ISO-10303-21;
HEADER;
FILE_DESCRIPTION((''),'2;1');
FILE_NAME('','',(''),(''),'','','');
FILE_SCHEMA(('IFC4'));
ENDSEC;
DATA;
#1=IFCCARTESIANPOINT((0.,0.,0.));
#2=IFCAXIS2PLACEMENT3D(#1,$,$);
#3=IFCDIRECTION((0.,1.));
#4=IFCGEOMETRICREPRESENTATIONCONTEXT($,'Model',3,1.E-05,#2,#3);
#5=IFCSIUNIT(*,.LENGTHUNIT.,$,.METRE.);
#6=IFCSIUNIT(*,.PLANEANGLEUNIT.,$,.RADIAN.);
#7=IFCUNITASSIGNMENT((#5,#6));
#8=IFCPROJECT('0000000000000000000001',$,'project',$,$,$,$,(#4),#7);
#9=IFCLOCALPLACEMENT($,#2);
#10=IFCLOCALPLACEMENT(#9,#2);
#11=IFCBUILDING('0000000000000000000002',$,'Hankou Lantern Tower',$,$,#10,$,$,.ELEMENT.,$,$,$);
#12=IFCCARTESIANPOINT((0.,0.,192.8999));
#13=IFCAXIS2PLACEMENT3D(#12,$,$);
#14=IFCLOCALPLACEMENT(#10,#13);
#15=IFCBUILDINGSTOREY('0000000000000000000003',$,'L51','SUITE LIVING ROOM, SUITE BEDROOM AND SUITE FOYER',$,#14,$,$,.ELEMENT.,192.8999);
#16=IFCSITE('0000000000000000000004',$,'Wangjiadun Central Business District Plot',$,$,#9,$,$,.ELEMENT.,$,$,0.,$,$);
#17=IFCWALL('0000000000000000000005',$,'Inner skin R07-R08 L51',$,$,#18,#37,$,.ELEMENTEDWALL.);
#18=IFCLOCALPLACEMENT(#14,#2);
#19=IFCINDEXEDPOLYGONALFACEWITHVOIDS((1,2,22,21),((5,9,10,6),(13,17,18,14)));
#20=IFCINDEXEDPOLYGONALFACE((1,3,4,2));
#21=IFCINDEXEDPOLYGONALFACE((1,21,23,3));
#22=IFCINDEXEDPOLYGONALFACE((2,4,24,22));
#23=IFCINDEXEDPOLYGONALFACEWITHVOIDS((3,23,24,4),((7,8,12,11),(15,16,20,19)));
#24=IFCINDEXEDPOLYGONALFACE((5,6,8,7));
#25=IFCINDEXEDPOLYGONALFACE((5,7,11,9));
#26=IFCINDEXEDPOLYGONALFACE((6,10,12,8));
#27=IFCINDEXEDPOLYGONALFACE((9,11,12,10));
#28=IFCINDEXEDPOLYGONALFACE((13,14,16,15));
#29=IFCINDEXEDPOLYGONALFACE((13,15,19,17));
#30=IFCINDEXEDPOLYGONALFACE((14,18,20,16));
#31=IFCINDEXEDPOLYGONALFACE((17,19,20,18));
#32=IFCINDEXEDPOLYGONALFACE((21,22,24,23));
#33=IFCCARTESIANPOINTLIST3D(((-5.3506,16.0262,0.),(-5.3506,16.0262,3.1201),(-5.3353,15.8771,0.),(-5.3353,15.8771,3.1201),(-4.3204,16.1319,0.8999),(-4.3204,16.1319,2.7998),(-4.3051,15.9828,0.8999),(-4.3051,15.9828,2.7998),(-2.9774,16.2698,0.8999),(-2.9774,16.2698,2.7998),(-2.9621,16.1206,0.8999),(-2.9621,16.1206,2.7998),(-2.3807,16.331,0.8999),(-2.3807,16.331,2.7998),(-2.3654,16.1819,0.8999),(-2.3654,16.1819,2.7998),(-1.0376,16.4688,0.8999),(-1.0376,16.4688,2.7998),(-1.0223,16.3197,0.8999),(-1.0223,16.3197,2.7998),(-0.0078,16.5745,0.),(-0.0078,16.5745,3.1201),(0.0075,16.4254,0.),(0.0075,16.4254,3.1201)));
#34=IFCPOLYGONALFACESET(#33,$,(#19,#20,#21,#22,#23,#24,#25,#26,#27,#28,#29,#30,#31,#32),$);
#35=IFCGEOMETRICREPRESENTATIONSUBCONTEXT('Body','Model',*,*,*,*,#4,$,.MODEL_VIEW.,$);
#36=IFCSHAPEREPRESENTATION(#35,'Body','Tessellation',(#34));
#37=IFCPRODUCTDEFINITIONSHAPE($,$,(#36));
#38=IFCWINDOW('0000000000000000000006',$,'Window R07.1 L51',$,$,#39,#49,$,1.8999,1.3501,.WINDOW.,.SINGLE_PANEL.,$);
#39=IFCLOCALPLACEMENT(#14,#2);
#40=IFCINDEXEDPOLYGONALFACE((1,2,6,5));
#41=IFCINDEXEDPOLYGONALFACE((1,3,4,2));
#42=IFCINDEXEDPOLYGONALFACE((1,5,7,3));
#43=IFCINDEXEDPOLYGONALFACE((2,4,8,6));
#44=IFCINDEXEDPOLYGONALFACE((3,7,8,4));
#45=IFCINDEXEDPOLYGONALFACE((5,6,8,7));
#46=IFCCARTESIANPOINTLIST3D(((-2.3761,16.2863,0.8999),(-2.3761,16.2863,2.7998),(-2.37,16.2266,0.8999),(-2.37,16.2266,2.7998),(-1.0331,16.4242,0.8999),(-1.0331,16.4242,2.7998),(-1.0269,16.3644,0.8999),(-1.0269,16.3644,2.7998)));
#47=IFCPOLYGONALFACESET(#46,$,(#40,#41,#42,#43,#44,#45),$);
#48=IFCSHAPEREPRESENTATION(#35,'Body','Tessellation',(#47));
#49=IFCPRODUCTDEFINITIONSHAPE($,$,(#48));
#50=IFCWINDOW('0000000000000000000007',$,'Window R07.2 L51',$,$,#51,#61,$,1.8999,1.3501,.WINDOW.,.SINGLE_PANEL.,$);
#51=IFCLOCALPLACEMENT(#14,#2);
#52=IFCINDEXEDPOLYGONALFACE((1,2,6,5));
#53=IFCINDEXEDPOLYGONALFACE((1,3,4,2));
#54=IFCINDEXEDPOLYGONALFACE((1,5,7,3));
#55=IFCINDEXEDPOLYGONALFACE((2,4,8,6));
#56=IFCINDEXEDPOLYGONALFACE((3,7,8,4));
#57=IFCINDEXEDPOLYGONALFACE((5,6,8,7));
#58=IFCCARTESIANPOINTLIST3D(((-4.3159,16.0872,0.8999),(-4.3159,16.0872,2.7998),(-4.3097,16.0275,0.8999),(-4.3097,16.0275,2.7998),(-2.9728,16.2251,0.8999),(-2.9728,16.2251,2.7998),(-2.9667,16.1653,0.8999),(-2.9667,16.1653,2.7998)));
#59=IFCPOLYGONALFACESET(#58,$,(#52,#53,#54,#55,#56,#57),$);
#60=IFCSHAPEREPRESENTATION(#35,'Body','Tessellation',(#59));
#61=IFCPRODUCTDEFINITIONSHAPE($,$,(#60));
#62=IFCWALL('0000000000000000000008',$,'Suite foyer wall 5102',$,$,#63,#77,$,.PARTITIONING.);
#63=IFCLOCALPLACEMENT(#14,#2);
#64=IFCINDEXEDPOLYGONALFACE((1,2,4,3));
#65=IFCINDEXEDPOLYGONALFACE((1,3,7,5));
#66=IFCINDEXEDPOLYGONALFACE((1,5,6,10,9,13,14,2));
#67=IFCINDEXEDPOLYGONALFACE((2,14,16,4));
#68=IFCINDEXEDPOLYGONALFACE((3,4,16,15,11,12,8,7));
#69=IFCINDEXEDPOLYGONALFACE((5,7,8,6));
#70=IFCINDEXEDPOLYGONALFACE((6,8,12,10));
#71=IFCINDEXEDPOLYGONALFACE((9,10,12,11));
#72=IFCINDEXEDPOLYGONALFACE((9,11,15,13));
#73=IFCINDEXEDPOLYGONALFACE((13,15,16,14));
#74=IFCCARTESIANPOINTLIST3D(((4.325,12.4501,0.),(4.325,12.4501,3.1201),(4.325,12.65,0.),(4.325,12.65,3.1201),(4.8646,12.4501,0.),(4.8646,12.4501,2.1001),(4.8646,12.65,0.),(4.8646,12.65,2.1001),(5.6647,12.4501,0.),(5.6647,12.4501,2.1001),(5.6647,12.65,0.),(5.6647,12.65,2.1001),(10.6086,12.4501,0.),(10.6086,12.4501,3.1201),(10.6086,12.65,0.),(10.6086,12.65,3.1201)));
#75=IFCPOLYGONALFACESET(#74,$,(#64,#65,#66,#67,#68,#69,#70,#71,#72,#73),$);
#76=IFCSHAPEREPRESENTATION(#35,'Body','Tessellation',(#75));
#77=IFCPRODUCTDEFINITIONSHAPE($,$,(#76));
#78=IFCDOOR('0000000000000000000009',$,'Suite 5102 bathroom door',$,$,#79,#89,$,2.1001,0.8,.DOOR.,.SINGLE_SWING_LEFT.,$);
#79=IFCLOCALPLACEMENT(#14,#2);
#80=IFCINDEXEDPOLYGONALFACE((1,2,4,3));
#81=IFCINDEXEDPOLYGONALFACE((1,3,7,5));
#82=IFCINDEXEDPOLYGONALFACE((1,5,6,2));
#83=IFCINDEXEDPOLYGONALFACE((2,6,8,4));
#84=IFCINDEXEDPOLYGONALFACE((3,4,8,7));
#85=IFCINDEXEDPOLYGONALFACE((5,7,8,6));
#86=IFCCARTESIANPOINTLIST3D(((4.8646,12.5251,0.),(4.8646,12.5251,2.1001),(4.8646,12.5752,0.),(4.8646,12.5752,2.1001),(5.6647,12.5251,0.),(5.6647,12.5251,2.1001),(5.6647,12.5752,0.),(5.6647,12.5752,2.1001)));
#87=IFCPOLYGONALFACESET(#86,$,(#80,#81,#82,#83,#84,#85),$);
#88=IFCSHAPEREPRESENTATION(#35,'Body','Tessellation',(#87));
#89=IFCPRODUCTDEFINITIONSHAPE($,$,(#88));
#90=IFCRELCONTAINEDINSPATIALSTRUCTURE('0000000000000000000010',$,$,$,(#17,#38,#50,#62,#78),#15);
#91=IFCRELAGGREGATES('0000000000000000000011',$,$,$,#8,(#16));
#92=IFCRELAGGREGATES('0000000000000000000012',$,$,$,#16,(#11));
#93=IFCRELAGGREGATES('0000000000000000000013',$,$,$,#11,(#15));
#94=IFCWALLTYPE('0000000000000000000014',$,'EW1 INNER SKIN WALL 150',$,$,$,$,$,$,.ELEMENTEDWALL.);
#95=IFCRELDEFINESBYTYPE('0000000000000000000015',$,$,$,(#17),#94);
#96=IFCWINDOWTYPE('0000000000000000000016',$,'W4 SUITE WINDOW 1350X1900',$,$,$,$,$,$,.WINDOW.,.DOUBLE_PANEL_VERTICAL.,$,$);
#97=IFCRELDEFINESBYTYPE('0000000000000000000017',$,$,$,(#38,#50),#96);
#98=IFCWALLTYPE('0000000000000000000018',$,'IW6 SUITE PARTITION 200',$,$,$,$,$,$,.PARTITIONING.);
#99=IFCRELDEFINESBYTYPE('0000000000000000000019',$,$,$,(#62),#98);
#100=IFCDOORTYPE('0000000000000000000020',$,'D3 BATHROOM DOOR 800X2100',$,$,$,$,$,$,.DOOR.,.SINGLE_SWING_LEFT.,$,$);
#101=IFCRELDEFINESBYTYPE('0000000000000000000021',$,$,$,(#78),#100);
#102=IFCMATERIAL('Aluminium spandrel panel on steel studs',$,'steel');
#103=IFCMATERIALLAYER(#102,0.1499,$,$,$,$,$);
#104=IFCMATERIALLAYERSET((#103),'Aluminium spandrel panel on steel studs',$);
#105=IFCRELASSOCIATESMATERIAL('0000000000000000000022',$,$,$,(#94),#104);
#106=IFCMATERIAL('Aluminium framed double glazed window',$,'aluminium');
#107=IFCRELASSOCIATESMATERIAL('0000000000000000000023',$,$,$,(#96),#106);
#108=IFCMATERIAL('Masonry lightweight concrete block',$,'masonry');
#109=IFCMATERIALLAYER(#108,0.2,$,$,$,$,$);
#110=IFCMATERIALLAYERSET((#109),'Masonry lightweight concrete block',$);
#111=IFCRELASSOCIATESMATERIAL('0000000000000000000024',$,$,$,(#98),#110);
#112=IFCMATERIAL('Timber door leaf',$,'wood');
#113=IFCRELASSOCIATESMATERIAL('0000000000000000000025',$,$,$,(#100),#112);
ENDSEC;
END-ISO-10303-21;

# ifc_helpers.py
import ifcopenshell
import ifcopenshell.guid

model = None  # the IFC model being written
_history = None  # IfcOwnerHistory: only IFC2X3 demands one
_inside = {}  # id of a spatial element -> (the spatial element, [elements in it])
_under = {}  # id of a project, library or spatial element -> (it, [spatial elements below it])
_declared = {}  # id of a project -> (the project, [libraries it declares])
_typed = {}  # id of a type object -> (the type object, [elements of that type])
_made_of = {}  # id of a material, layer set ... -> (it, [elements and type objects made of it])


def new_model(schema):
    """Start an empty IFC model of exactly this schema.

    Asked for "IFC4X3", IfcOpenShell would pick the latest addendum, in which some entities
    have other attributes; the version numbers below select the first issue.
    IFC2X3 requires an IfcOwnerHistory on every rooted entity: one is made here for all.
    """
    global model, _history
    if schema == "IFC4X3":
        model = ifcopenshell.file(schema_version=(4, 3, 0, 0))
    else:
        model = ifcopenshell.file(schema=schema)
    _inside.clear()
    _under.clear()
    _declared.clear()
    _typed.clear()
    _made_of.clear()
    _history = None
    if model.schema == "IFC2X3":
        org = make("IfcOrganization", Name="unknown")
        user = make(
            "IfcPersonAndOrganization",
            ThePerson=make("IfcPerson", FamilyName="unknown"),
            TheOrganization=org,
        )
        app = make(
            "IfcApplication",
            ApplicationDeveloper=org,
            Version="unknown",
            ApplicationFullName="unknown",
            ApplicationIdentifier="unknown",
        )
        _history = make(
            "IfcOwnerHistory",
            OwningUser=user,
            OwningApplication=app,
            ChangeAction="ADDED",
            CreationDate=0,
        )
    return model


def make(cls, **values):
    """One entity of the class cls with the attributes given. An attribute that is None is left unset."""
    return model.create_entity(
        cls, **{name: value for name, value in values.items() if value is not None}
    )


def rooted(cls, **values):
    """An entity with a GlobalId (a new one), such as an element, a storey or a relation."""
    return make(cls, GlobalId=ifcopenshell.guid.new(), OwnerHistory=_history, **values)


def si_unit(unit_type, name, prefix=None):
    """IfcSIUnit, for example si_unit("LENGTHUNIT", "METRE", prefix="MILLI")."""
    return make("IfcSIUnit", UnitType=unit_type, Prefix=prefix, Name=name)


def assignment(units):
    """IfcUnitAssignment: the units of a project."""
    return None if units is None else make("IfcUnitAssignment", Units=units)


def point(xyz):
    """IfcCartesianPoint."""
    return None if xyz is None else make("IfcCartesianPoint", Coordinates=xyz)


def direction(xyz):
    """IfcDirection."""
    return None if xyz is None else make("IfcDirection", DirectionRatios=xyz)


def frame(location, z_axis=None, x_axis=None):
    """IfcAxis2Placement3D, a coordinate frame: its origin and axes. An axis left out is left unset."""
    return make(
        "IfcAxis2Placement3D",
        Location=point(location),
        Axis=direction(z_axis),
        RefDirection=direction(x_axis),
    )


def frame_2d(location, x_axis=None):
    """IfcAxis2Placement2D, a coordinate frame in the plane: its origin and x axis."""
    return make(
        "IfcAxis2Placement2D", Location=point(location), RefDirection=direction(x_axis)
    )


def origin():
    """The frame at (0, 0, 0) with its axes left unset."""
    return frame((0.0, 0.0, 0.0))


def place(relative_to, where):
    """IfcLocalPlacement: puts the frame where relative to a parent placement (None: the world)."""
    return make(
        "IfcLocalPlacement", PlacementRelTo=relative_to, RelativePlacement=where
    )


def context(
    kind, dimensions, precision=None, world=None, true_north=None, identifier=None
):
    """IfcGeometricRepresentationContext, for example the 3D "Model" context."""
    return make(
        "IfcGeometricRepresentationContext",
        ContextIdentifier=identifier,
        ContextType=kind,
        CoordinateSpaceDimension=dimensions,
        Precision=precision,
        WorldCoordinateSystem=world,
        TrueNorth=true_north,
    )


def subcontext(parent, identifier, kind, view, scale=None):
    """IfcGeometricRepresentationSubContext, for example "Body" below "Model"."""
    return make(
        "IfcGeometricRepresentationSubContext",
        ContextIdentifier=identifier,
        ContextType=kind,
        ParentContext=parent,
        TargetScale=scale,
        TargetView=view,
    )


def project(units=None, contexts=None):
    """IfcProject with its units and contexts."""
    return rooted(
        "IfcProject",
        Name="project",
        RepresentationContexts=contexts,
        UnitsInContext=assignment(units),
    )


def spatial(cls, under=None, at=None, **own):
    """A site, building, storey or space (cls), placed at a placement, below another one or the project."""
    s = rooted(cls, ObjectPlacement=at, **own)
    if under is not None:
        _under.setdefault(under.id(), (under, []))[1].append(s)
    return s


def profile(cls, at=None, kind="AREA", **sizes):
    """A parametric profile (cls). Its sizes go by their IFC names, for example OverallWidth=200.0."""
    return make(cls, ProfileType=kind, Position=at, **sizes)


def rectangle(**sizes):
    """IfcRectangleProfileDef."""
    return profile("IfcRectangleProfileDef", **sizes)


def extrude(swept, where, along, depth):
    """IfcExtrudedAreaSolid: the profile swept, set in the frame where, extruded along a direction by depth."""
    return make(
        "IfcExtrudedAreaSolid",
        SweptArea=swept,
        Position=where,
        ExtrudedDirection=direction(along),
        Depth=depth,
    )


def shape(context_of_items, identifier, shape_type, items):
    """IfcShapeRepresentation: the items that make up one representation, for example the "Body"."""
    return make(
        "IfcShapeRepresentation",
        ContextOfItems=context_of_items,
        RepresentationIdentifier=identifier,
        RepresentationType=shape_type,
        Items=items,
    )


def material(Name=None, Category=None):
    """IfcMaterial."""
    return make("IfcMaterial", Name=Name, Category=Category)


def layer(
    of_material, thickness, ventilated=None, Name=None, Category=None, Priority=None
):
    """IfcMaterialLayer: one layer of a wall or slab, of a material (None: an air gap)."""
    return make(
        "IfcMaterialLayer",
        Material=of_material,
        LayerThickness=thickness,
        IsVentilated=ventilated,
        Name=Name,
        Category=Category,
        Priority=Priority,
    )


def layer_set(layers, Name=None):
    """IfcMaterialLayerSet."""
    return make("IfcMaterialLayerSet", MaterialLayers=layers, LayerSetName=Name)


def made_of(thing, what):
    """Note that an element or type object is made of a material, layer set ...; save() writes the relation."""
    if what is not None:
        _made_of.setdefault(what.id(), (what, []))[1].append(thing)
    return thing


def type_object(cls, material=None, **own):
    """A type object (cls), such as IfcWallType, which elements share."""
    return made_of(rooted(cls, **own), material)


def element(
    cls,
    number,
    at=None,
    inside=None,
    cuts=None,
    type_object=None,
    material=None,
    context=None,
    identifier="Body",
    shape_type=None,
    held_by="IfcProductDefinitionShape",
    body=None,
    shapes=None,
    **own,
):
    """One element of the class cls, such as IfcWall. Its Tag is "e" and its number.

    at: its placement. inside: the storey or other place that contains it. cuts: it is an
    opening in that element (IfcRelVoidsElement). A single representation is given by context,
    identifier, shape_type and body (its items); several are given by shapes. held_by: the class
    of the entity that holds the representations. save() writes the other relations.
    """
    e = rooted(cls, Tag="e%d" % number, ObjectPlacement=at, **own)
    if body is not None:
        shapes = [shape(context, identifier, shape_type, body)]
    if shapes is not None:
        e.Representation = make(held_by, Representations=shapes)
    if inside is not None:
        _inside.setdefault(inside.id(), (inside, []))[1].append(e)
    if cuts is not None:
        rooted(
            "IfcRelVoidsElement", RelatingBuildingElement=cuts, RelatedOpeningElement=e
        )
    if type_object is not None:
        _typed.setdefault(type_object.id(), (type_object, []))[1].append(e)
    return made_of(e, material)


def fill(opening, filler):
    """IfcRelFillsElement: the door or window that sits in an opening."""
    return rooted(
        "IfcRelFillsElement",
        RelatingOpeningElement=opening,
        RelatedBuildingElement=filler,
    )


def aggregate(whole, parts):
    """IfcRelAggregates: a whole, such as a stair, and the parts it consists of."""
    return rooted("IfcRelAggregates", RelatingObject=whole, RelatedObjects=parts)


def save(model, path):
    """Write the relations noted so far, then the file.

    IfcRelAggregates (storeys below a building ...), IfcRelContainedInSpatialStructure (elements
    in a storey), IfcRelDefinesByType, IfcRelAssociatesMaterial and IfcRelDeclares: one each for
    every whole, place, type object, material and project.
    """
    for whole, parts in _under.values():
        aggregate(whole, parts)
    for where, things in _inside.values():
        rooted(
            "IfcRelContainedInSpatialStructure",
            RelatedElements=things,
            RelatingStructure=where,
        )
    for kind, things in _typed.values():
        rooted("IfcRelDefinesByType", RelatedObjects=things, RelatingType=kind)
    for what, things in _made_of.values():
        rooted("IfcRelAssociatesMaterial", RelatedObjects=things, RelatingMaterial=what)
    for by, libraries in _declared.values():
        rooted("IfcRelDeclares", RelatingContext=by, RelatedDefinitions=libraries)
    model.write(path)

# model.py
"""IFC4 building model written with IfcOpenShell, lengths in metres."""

from ifc_helpers import new_model, si_unit, direction, frame, frame_2d, origin, place, context, subcontext, project, spatial, rectangle, extrude, material, layer, layer_set, type_object, element, fill, save


model = new_model("IFC4")

# Units and contexts
model_context = context("Model", 3, precision=1e-05, world=origin(), true_north=direction((0.0, 1.0)))
body_context = subcontext(model_context, "Body", "Model", "MODEL_VIEW")
ifc_project = project(units=[si_unit("LENGTHUNIT", "METRE"), si_unit("PLANEANGLEUNIT", "RADIAN")], contexts=[model_context])

# Site, building, storey
site_placement = place(None, origin())
site = spatial("IfcSite", under=ifc_project, at=site_placement, Name="Wangjiadun Central Business District Plot", CompositionType="ELEMENT", RefElevation=0.0)
building_placement = place(site_placement, origin())
building = spatial("IfcBuilding", under=site, at=building_placement, Name="Hankou Lantern Tower", CompositionType="ELEMENT")
storey_placement = place(building_placement, frame((0.0, 0.0, 192.8999)))
storey = spatial("IfcBuildingStorey", under=building, at=storey_placement, Name="L51", Description="SUITE LIVING ROOM, SUITE BEDROOM AND SUITE FOYER", CompositionType="ELEMENT", Elevation=192.8999)

# Wall, openings, windows
ifc_material_1 = material(Name="Aluminium spandrel panel on steel studs", Category="steel")
ifc_layer_1 = layer(ifc_material_1, 0.1499)
ifc_layer_set_1 = layer_set([ifc_layer_1], Name="Aluminium spandrel panel on steel studs")
wall_type_1 = type_object("IfcWallType", Name="EW1 INNER SKIN WALL 150", PredefinedType="ELEMENTEDWALL", material=ifc_layer_set_1)
ifc_material_2 = material(Name="Aluminium framed double glazed window", Category="aluminium")
window_type = type_object("IfcWindowType", Name="W4 SUITE WINDOW 1350X1900", PartitioningType="DOUBLE_PANEL_VERTICAL", PredefinedType="WINDOW", material=ifc_material_2)
wall_1_placement = place(storey_placement, frame((0.0, 16.5, 0.0), z_axis=(0.0, 0.0, 1.0), x_axis=(-0.994775, -0.102096, 0.0)))
wall_1 = element("IfcWall", 1, at=wall_1_placement, inside=storey, type_object=wall_type_1, Name="Inner skin R07-R08 L51", PredefinedType="ELEMENTEDWALL", context=body_context, shape_type="SweptSolid", body=[
    extrude(rectangle(XDim=5.3708, YDim=0.1499, at=frame_2d((2.6855, 0.0))), origin(), (0.0, 0.0, 1.0), 3.1201),
])
opening_1_placement = place(wall_1_placement, frame((1.0354, 0.0, 0.8999)))
opening_1 = element("IfcOpeningElement", 2, at=opening_1_placement, cuts=wall_1, PredefinedType="OPENING", context=body_context, shape_type="SweptSolid", body=[
    extrude(rectangle(XDim=1.3501, YDim=1.8999, at=frame_2d((0.675, 0.95))), frame((0.0, 0.085, 0.0), z_axis=(0.0, -1.0, 0.0), x_axis=(1.0, 0.0, 0.0)), (0.0, 0.0, 1.0), 0.1699),
])
opening_2_placement = place(wall_1_placement, frame((2.9854, 0.0, 0.8999)))
opening_2 = element("IfcOpeningElement", 3, at=opening_2_placement, cuts=wall_1, PredefinedType="OPENING", context=body_context, shape_type="SweptSolid", body=[
    extrude(rectangle(XDim=1.3501, YDim=1.8999, at=frame_2d((0.675, 0.95))), frame((0.0, 0.085, 0.0), z_axis=(0.0, -1.0, 0.0), x_axis=(1.0, 0.0, 0.0)), (0.0, 0.0, 1.0), 0.1699),
])
window_1_placement = place(opening_1_placement, origin())
window_1 = element("IfcWindow", 4, at=window_1_placement, inside=storey, type_object=window_type, Name="Window R07.1 L51", OverallHeight=1.8999, OverallWidth=1.3501, PartitioningType="SINGLE_PANEL", PredefinedType="WINDOW", context=body_context, shape_type="SweptSolid", body=[
    extrude(rectangle(XDim=1.3501, YDim=1.8999, at=frame_2d((0.675, 0.95))), frame((0.0, 0.03, 0.0), z_axis=(0.0, -1.0, 0.0), x_axis=(1.0, 0.0, 0.0)), (0.0, 0.0, 1.0), 0.0601),
])
fill(opening_1, window_1)
window_2_placement = place(opening_2_placement, origin())
window_2 = element("IfcWindow", 5, at=window_2_placement, inside=storey, type_object=window_type, Name="Window R07.2 L51", OverallHeight=1.8999, OverallWidth=1.3501, PartitioningType="SINGLE_PANEL", PredefinedType="WINDOW", context=body_context, shape_type="SweptSolid", body=[
    extrude(rectangle(XDim=1.3501, YDim=1.8999, at=frame_2d((0.675, 0.95))), frame((0.0, 0.03, 0.0), z_axis=(0.0, -1.0, 0.0), x_axis=(1.0, 0.0, 0.0)), (0.0, 0.0, 1.0), 0.0601),
])
fill(opening_2, window_2)

# Wall, opening, door
ifc_material_3 = material(Name="Masonry lightweight concrete block", Category="masonry")
ifc_layer_2 = layer(ifc_material_3, 0.2)
ifc_layer_set_2 = layer_set([ifc_layer_2], Name="Masonry lightweight concrete block")
wall_type_2 = type_object("IfcWallType", Name="IW6 SUITE PARTITION 200", PredefinedType="PARTITIONING", material=ifc_layer_set_2)
wall_2_placement = place(storey_placement, frame((10.6086, 12.55, 0.0), z_axis=(0.0, 0.0, 1.0), x_axis=(-1.0, 0.0, 0.0)))
wall_2 = element("IfcWall", 6, at=wall_2_placement, inside=storey, type_object=wall_type_2, Name="Suite foyer wall 5102", PredefinedType="PARTITIONING", context=body_context, shape_type="SweptSolid", body=[
    extrude(rectangle(XDim=6.2837, YDim=0.2, at=frame_2d((3.1418, 0.0))), origin(), (0.0, 0.0, 1.0), 3.1201),
])
opening_3_placement = place(wall_2_placement, frame((4.9441, 0.0, 0.0)))
opening_3 = element("IfcOpeningElement", 7, at=opening_3_placement, cuts=wall_2, PredefinedType="OPENING", context=body_context, shape_type="SweptSolid", body=[
    extrude(rectangle(XDim=0.8, YDim=2.1001, at=frame_2d((0.3999, 1.05))), frame((0.0, 0.1099, 0.0), z_axis=(0.0, -1.0, 0.0), x_axis=(1.0, 0.0, 0.0)), (0.0, 0.0, 1.0), 0.22),
])
ifc_material_4 = material(Name="Timber door leaf", Category="wood")
door_type = type_object("IfcDoorType", Name="D3 BATHROOM DOOR 800X2100", OperationType="SINGLE_SWING_LEFT", PredefinedType="DOOR", material=ifc_material_4)
door_placement = place(opening_3_placement, origin())
door = element("IfcDoor", 8, at=door_placement, inside=storey, type_object=door_type, Name="Suite 5102 bathroom door", OperationType="SINGLE_SWING_LEFT", OverallHeight=2.1001, OverallWidth=0.8, PredefinedType="DOOR", context=body_context, shape_type="SweptSolid", body=[
    extrude(rectangle(XDim=0.8, YDim=2.1001, at=frame_2d((0.3999, 1.05))), frame((0.0, 0.0249, 0.0), z_axis=(0.0, -1.0, 0.0), x_axis=(1.0, 0.0, 0.0)), (0.0, 0.0, 1.0), 0.05),
])
fill(opening_3, door)

save(model, "model.ifc")
